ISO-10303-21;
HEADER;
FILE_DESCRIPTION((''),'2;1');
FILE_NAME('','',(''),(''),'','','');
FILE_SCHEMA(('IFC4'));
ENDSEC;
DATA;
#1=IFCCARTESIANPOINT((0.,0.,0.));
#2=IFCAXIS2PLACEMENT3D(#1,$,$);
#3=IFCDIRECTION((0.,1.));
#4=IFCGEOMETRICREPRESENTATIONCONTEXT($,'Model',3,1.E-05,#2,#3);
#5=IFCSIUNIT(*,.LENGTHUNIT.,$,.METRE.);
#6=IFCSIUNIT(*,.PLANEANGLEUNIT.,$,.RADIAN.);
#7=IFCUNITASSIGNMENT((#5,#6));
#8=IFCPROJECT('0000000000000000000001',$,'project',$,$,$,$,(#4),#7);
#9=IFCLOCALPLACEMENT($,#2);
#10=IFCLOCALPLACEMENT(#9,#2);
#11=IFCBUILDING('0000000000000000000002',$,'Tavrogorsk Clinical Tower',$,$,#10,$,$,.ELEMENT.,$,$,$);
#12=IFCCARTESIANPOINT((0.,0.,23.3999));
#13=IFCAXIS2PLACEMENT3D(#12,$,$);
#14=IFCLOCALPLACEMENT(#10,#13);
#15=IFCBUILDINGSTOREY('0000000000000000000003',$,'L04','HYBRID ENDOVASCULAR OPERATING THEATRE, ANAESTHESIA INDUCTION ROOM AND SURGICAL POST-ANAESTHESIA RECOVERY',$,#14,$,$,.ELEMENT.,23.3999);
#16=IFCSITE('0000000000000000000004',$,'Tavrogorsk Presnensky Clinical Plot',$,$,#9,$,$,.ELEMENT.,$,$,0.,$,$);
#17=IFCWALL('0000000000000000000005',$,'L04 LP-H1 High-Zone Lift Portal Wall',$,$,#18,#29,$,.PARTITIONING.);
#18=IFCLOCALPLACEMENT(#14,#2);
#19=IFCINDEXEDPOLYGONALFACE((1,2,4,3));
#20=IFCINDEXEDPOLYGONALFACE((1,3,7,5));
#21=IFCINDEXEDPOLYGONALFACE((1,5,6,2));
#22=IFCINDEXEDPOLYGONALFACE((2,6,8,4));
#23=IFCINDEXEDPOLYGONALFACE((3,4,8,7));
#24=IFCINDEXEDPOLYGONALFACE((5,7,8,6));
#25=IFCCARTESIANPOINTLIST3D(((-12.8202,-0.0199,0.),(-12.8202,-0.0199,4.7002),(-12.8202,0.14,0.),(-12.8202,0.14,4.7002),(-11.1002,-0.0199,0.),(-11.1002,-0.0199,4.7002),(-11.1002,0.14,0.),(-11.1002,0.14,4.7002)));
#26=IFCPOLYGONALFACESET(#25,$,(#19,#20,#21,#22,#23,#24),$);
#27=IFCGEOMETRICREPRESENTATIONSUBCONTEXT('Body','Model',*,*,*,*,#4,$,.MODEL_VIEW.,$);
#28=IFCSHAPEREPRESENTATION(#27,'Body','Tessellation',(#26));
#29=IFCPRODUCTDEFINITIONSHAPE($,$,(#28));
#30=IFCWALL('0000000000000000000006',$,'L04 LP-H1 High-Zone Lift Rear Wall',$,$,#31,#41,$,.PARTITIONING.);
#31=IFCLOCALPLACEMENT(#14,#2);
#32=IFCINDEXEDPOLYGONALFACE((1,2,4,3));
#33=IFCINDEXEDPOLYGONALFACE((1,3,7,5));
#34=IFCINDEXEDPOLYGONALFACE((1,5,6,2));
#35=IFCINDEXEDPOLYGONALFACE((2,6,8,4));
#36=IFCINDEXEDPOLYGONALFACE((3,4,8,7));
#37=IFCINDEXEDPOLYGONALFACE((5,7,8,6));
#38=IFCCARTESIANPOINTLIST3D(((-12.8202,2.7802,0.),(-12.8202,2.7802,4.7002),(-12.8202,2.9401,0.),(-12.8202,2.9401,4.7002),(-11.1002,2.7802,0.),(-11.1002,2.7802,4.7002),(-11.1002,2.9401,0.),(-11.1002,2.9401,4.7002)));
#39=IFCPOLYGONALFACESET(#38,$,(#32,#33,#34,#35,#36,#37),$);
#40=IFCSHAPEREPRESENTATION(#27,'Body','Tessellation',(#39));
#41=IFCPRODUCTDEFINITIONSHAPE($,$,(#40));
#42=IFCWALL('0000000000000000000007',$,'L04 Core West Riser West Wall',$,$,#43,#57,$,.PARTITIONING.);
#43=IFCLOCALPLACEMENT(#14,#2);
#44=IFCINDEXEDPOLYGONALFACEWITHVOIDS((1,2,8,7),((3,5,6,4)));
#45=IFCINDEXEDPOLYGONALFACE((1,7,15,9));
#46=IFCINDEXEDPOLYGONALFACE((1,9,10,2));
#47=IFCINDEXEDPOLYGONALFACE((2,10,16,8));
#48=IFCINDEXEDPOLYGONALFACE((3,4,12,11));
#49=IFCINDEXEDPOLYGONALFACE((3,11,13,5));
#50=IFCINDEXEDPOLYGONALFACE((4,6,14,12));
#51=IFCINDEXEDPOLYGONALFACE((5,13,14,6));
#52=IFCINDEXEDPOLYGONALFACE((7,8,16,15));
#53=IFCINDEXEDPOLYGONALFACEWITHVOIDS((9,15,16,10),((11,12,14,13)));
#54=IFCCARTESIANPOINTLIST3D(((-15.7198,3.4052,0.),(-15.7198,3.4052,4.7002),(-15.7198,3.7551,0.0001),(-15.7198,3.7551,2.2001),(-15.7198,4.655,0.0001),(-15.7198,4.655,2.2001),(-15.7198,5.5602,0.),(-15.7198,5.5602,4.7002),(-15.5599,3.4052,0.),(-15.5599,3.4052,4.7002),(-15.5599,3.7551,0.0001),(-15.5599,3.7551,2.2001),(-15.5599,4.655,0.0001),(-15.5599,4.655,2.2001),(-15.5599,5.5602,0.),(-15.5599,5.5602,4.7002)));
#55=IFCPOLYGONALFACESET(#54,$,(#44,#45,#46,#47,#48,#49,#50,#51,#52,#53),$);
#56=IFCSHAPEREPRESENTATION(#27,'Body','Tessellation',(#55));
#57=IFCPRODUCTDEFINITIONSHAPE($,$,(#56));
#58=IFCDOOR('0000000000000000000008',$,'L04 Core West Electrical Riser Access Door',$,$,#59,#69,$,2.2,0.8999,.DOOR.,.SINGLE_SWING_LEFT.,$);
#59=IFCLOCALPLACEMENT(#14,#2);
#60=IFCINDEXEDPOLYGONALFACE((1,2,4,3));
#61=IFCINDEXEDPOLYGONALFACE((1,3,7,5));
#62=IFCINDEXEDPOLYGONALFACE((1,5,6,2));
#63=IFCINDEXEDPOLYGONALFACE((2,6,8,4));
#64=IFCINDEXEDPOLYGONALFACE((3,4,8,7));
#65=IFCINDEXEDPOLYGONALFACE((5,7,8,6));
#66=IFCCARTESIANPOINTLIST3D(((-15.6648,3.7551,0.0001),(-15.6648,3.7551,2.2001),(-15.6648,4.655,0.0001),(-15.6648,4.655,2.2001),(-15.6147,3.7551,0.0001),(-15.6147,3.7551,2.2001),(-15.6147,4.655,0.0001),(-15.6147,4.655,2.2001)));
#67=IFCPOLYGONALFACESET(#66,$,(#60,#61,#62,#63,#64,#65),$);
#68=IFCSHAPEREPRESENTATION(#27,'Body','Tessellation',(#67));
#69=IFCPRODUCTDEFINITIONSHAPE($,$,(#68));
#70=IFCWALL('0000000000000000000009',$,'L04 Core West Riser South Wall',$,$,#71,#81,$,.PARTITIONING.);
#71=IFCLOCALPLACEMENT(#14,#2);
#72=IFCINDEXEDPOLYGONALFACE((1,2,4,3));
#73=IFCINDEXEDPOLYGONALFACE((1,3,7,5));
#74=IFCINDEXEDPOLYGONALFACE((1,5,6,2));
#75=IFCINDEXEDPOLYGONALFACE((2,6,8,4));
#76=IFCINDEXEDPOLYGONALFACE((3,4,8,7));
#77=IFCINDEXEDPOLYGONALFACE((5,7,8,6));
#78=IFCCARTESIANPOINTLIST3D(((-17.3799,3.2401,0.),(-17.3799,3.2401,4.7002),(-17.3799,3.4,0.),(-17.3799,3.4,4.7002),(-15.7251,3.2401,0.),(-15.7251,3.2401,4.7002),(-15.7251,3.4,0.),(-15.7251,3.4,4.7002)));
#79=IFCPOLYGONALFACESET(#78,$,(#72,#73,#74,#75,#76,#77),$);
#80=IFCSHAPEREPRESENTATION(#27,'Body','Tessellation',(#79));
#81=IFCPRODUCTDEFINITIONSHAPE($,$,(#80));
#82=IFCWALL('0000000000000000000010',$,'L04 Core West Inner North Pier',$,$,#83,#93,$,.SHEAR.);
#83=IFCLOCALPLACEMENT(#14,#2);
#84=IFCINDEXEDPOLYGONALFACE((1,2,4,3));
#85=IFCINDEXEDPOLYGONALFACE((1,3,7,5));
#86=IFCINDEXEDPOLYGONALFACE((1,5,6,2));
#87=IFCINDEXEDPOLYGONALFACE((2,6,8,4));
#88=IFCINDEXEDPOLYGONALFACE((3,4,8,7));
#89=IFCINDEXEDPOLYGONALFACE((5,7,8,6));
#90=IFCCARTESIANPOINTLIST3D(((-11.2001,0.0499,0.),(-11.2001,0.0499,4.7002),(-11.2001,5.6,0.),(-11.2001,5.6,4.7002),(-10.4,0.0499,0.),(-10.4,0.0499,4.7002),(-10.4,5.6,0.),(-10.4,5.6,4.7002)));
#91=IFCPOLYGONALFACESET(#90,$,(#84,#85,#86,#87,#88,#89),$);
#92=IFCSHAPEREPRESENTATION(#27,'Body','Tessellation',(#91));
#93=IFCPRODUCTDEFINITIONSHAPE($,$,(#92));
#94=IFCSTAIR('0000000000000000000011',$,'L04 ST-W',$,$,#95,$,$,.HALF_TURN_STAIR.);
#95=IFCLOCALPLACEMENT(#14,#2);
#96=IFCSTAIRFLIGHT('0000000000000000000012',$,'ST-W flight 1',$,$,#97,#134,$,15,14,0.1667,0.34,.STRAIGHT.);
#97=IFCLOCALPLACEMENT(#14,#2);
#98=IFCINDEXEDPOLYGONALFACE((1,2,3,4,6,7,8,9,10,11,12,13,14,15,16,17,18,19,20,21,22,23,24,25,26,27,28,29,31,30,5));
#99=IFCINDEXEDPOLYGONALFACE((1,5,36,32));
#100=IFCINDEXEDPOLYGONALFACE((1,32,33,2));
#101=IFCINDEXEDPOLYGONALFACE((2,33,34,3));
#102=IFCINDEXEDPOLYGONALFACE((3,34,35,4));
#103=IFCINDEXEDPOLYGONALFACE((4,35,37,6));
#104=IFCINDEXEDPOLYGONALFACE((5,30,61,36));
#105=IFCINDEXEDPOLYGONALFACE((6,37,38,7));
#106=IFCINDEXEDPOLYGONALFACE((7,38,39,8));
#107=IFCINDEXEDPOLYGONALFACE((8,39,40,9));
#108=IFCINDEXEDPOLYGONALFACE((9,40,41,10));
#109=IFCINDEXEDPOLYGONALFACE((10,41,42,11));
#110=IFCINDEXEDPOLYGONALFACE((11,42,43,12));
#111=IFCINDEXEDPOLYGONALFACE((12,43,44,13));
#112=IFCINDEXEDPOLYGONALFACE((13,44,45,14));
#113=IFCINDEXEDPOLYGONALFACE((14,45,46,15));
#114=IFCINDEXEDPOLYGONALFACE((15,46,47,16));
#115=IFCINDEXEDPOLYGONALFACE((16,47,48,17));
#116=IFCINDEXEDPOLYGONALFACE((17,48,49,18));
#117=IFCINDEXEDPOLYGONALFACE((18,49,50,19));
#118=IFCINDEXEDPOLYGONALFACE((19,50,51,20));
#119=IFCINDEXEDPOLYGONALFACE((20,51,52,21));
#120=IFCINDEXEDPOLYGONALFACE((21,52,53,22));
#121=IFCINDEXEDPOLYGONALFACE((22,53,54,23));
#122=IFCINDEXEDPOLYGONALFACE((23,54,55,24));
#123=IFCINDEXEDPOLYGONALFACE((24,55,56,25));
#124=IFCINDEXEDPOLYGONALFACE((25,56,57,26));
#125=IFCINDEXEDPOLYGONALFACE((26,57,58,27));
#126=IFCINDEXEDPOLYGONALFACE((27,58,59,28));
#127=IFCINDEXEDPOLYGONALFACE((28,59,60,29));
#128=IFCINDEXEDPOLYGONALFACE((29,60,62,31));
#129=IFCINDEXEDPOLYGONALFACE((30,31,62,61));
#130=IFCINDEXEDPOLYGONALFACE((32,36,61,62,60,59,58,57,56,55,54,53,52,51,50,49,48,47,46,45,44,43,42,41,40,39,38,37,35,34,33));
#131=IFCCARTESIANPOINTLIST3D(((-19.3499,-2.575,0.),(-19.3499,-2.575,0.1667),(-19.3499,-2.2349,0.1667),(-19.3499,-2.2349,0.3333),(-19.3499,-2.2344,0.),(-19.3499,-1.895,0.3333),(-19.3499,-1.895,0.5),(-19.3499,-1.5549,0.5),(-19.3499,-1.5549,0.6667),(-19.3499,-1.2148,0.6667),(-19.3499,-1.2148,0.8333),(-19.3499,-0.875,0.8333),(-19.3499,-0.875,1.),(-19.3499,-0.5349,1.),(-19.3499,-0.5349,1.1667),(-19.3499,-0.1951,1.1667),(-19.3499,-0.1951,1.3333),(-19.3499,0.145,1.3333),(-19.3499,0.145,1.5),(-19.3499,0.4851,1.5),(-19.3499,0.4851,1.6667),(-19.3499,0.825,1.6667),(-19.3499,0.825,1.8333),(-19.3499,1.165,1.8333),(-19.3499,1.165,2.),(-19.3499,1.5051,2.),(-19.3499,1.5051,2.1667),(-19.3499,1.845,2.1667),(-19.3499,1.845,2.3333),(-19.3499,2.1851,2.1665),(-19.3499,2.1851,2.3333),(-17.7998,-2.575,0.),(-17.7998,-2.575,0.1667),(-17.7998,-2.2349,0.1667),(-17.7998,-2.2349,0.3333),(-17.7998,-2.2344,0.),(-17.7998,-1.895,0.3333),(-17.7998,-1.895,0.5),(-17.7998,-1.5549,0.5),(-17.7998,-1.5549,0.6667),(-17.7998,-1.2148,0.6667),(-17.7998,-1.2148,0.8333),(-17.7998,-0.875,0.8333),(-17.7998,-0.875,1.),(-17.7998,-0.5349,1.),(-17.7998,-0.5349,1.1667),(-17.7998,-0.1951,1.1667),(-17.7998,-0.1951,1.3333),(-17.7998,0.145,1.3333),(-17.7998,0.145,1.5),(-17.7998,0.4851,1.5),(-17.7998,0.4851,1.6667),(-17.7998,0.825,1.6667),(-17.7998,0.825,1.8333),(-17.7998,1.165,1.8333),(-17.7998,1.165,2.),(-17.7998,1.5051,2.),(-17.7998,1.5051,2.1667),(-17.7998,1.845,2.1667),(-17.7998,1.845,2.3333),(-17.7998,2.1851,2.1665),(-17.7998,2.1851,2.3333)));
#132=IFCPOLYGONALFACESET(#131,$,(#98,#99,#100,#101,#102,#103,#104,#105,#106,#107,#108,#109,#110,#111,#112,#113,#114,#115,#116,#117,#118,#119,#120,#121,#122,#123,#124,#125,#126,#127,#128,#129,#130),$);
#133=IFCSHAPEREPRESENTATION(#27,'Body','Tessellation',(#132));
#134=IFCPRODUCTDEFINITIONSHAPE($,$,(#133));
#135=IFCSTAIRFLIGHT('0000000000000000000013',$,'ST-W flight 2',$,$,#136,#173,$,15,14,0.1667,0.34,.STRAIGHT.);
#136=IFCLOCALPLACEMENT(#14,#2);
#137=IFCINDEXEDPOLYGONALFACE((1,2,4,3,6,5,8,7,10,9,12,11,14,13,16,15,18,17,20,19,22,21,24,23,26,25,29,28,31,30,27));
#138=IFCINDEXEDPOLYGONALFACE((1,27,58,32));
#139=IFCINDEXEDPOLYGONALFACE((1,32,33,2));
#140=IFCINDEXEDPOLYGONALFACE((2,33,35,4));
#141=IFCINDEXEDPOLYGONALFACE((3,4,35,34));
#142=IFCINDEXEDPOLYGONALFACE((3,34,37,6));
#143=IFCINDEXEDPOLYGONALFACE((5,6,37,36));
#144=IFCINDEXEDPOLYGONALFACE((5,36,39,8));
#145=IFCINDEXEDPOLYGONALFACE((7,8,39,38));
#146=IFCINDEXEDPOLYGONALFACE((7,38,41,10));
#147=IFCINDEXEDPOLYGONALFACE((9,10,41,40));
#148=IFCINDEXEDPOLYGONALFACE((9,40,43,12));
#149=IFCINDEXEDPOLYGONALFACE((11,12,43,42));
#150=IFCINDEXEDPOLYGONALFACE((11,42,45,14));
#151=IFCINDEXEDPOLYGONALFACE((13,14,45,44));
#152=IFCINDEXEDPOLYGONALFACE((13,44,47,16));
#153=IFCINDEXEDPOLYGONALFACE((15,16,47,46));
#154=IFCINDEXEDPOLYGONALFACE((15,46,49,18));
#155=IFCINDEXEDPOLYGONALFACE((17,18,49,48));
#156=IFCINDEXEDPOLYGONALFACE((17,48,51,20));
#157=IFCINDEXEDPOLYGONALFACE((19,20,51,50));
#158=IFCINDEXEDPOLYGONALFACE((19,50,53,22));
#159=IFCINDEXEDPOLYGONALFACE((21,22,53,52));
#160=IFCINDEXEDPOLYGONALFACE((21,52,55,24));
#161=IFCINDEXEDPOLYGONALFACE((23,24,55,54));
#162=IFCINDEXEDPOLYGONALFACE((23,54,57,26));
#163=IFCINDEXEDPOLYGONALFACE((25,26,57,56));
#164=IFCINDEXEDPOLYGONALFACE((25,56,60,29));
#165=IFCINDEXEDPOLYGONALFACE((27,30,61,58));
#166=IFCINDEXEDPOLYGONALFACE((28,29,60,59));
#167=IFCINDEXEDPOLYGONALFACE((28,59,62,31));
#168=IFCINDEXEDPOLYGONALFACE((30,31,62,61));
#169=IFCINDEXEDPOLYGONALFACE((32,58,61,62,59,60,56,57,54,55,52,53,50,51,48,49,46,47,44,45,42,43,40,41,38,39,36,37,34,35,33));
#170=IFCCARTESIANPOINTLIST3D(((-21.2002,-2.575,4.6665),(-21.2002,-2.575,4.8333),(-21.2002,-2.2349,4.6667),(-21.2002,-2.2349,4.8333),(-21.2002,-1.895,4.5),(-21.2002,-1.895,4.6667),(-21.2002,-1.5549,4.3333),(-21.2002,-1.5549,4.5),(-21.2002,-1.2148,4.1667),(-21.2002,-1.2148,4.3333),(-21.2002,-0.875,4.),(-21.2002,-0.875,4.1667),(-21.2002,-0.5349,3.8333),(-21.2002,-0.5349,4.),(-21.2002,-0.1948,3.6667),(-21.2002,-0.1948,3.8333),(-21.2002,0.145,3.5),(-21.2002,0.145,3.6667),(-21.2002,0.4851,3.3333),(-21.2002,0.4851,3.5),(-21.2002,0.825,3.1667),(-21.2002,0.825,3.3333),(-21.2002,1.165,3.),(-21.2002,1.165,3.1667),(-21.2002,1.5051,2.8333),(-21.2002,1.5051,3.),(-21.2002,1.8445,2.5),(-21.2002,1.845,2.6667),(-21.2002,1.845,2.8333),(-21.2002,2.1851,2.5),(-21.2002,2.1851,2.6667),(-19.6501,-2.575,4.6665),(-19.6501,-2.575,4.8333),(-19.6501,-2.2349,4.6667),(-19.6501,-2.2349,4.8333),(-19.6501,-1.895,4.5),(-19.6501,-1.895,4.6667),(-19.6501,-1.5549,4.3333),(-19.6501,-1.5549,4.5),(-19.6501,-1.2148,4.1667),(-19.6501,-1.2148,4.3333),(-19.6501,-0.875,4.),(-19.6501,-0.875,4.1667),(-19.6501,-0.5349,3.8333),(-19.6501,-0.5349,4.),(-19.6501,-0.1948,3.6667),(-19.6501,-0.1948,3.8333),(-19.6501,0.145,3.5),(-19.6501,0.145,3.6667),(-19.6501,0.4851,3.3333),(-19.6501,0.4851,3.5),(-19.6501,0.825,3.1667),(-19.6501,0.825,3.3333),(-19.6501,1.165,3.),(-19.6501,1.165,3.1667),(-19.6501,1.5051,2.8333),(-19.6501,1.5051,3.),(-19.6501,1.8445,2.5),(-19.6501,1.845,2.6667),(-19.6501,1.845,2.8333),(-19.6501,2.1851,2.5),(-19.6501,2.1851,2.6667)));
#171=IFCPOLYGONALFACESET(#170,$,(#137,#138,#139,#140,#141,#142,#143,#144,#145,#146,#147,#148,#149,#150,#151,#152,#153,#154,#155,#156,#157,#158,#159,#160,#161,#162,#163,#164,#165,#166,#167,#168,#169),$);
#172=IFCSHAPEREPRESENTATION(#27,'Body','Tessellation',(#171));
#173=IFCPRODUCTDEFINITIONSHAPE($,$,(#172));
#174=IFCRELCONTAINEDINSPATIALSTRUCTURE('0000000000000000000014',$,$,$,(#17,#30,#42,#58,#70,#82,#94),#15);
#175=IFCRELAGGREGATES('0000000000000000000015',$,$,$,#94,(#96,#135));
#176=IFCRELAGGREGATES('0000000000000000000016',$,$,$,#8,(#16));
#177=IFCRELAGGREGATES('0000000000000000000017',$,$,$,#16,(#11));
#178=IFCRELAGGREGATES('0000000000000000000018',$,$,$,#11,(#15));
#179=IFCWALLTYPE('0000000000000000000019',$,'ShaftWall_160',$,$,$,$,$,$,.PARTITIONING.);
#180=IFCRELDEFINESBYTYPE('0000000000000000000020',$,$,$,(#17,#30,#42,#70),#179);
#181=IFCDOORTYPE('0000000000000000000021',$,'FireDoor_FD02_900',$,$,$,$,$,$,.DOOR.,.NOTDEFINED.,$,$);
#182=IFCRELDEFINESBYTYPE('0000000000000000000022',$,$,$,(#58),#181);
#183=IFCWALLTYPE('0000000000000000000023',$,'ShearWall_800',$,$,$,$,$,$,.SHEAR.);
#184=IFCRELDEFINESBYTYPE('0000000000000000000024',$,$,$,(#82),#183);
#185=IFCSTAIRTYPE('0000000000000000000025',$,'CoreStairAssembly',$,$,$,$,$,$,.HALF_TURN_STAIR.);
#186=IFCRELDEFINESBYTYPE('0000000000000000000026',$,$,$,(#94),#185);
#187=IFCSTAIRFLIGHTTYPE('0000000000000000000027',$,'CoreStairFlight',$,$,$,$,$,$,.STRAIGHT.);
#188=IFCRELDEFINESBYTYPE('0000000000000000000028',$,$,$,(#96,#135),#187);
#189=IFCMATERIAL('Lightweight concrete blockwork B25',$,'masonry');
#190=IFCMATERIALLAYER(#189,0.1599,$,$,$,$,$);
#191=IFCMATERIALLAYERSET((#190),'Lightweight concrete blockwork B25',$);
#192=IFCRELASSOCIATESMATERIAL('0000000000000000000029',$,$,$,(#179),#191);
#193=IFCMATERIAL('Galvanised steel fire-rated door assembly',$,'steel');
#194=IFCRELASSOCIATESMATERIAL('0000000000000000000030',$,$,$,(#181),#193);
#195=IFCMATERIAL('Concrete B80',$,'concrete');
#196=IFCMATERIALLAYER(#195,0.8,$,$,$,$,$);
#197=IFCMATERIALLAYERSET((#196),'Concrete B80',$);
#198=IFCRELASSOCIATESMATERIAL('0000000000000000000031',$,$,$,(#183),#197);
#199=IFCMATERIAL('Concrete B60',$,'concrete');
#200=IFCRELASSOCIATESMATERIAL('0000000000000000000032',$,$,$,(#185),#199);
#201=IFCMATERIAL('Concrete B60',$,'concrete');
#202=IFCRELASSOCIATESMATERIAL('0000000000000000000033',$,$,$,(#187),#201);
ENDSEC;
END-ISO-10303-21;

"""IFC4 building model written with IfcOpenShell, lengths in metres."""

from ifc_helpers import new_model, si_unit, direction, frame, frame_2d, origin, place, context, subcontext, project, spatial, polyline, rectangle, outline, extrude, material, layer, layer_set, type_object, element, fill, aggregate, save


model = new_model("IFC4")

# Units and contexts
model_context = context("Model", 3, precision=1e-05, world=origin(), true_north=direction((0.0, 1.0)))
body_context = subcontext(model_context, "Body", "Model", "MODEL_VIEW")
ifc_project = project(units=[si_unit("LENGTHUNIT", "METRE"), si_unit("PLANEANGLEUNIT", "RADIAN")], contexts=[model_context])

# Site, building, storey
site_placement = place(None, origin())
site = spatial("IfcSite", under=ifc_project, at=site_placement, Name="Tavrogorsk Presnensky Clinical Plot", CompositionType="ELEMENT", RefElevation=0.0)
building_placement = place(site_placement, origin())
building = spatial("IfcBuilding", under=site, at=building_placement, Name="Tavrogorsk Clinical Tower", CompositionType="ELEMENT")
storey_placement = place(building_placement, frame((0.0, 0.0, 23.3999)))
storey = spatial("IfcBuildingStorey", under=building, at=storey_placement, Name="L04", Description="HYBRID ENDOVASCULAR OPERATING THEATRE, ANAESTHESIA INDUCTION ROOM AND SURGICAL POST-ANAESTHESIA RECOVERY", CompositionType="ELEMENT", Elevation=23.3999)

# Shared definitions
ifc_material_1 = material(Name="Lightweight concrete blockwork B25", Category="masonry")
ifc_layer_1 = layer(ifc_material_1, 0.1599)
ifc_layer_set_1 = layer_set([ifc_layer_1], Name="Lightweight concrete blockwork B25")
wall_type_1 = type_object("IfcWallType", Name="ShaftWall_160", PredefinedType="PARTITIONING", material=ifc_layer_set_1)

# Walls
for number, where, z_axis, x_axis, name in (
    (1, (-12.8201, 0.0601, 0.0), (0.0, 0.0, 1.0), (1.0, 0.0, 0.0), "L04 LP-H1 High-Zone Lift Portal Wall"),
    (2, (-12.8201, 2.8601, 0.0), (0.0, 0.0, 1.0), (1.0, 0.0, 0.0), "L04 LP-H1 High-Zone Lift Rear Wall"),
):
    element("IfcWall", number, at=place(storey_placement, frame(where, z_axis=z_axis, x_axis=x_axis)), inside=storey, type_object=wall_type_1, Name=name, PredefinedType="PARTITIONING", context=body_context, shape_type="SweptSolid", body=[
        extrude(rectangle(XDim=1.72, YDim=0.1599, at=frame_2d((0.8599, 0.0))), origin(), (0.0, 0.0, 1.0), 4.7002),
    ])

# Wall, opening, door
wall_1_placement = place(storey_placement, frame((-15.6399, 3.405, 0.0), z_axis=(0.0, 0.0, 1.0), x_axis=(0.0, 1.0, 0.0)))
wall_1 = element("IfcWall", 3, at=wall_1_placement, inside=storey, type_object=wall_type_1, Name="L04 Core West Riser West Wall", PredefinedType="PARTITIONING", context=body_context, shape_type="SweptSolid", body=[
    extrude(rectangle(XDim=2.155, YDim=0.1599, at=frame_2d((1.0776, 0.0))), origin(), (0.0, 0.0, 1.0), 4.7002),
])
opening_1_placement = place(wall_1_placement, frame((0.3501, 0.0, 0.0)))
opening_1 = element("IfcOpeningElement", 4, at=opening_1_placement, cuts=wall_1, PredefinedType="OPENING", context=body_context, shape_type="SweptSolid", body=[
    extrude(rectangle(XDim=0.8999, YDim=2.2, at=frame_2d((0.45, 1.1001))), frame((0.0, 0.0898, 0.0), z_axis=(0.0, -1.0, 0.0), x_axis=(1.0, 0.0, 0.0)), (0.0, 0.0, 1.0), 0.1799),
])
ifc_material_2 = material(Name="Galvanised steel fire-rated door assembly", Category="steel")
door_type_1 = type_object("IfcDoorType", Name="FireDoor_FD02_900", OperationType="NOTDEFINED", PredefinedType="DOOR", material=ifc_material_2)
door_1_placement = place(opening_1_placement, origin())
door_1 = element("IfcDoor", 5, at=door_1_placement, inside=storey, type_object=door_type_1, Name="L04 Core West Electrical Riser Access Door", OperationType="SINGLE_SWING_LEFT", OverallHeight=2.2, OverallWidth=0.8999, PredefinedType="DOOR", context=body_context, shape_type="SweptSolid", body=[
    extrude(rectangle(XDim=0.8999, YDim=2.2, at=frame_2d((0.45, 1.1001))), frame((0.0, 0.0249, 0.0), z_axis=(0.0, -1.0, 0.0), x_axis=(1.0, 0.0, 0.0)), (0.0, 0.0, 1.0), 0.05),
])
fill(opening_1, door_1)

# Walls
wall_2_placement = place(storey_placement, frame((-17.3799, 3.3201, 0.0), z_axis=(0.0, 0.0, 1.0), x_axis=(1.0, 0.0, 0.0)))
element("IfcWall", 6, at=wall_2_placement, inside=storey, type_object=wall_type_1, Name="L04 Core West Riser South Wall", PredefinedType="PARTITIONING", context=body_context, shape_type="SweptSolid", body=[
    extrude(rectangle(XDim=1.6548, YDim=0.1599, at=frame_2d((0.8274, 0.0))), origin(), (0.0, 0.0, 1.0), 4.7002),
])
ifc_material_3 = material(Name="Concrete B80", Category="concrete")
ifc_layer_2 = layer(ifc_material_3, 0.8)
ifc_layer_set_2 = layer_set([ifc_layer_2], Name="Concrete B80")
wall_type_2 = type_object("IfcWallType", Name="ShearWall_800", PredefinedType="SHEAR", material=ifc_layer_set_2)
wall_3_placement = place(storey_placement, frame((-10.8, 0.05, 0.0), z_axis=(0.0, 0.0, 1.0), x_axis=(0.0, 1.0, 0.0)))
element("IfcWall", 7, at=wall_3_placement, inside=storey, type_object=wall_type_2, Name="L04 Core West Inner North Pier", PredefinedType="SHEAR", context=body_context, shape_type="SweptSolid", body=[
    extrude(rectangle(XDim=5.55, YDim=0.8, at=frame_2d((2.7749, 0.0))), origin(), (0.0, 0.0, 1.0), 4.7002),
])

# Stair, stair flights
ifc_material_4 = material(Name="Concrete B60", Category="concrete")
stair_type = type_object("IfcStairType", Name="CoreStairAssembly", PredefinedType="HALF_TURN_STAIR", material=ifc_material_4)
stair_placement = place(storey_placement, origin())
stair = element("IfcStair", 8, at=stair_placement, inside=storey, type_object=stair_type, Name="L04 ST-W", PredefinedType="HALF_TURN_STAIR")
ifc_material_5 = material(Name="Concrete B60", Category="concrete")
stair_flight_type = type_object("IfcStairFlightType", Name="CoreStairFlight", PredefinedType="STRAIGHT", material=ifc_material_5)
stair_flight_1_placement = place(storey_placement, frame((-18.575, -2.575, 0.0), z_axis=(0.0, 0.0, 1.0), x_axis=(0.0, 1.0, 0.0)))
stair_flight_1 = element("IfcStairFlight", 9, at=stair_flight_1_placement, type_object=stair_flight_type, Name="ST-W flight 1", NumberOfRisers=15, NumberOfTreads=14, PredefinedType="STRAIGHT", RiserHeight=0.1667, TreadLength=0.34, context=body_context, shape_type="SweptSolid", body=[
    extrude(outline(polyline([(0.0, 0.0), (0.0, 0.1667), (0.3401, 0.1667), (0.3401, 0.3333), (0.6799, 0.3333), (0.6799, 0.5), (1.02, 0.5), (1.02, 0.6667), (1.3601, 0.6667), (1.3601, 0.8333), (1.7, 0.8333), (1.7, 1.0), (2.04, 1.0), (2.04, 1.1667), (2.3799, 1.1667), (2.3799, 1.3333), (2.72, 1.3333), (2.72, 1.5), (3.0601, 1.5), (3.0601, 1.6667), (3.3999, 1.6667), (3.3999, 1.8333), (3.74, 1.8333), (3.74, 2.0), (4.0801, 2.0), (4.0801, 2.1667), (4.4199, 2.1667), (4.4199, 2.3333), (4.76, 2.3333), (4.76, 2.5), (4.76, 2.1665), (0.3406, 0.0), (0.0, 0.0)])), frame((0.0, 0.7749, 0.0), z_axis=(0.0, -1.0, 0.0), x_axis=(1.0, 0.0, 0.0)), (0.0, 0.0, 1.0), 1.55),
])
stair_flight_2_placement = place(storey_placement, frame((-20.425, 2.1851, 2.5), z_axis=(0.0, 0.0, 1.0), x_axis=(0.0, -1.0, 0.0)))
stair_flight_2 = element("IfcStairFlight", 10, at=stair_flight_2_placement, type_object=stair_flight_type, Name="ST-W flight 2", NumberOfRisers=15, NumberOfTreads=14, PredefinedType="STRAIGHT", RiserHeight=0.1667, TreadLength=0.34, context=body_context, shape_type="SweptSolid", body=[
    extrude(outline(polyline([(0.0, 0.0), (0.0, 0.1667), (0.3401, 0.1667), (0.3401, 0.3333), (0.6799, 0.3333), (0.6799, 0.5), (1.02, 0.5), (1.02, 0.6667), (1.3601, 0.6667), (1.3601, 0.8333), (1.7, 0.8333), (1.7, 1.0), (2.04, 1.0), (2.04, 1.1667), (2.3799, 1.1667), (2.3799, 1.3333), (2.72, 1.3333), (2.72, 1.5), (3.0601, 1.5), (3.0601, 1.6667), (3.3999, 1.6667), (3.3999, 1.8333), (3.74, 1.8333), (3.74, 2.0), (4.0801, 2.0), (4.0801, 2.1667), (4.4199, 2.1667), (4.4199, 2.3333), (4.76, 2.3333), (4.76, 2.5), (4.76, 2.1665), (0.3406, 0.0), (0.0, 0.0)])), frame((0.0, 0.7749, 0.0), z_axis=(0.0, -1.0, 0.0), x_axis=(1.0, 0.0, 0.0)), (0.0, 0.0, 1.0), 1.55),
])
aggregate(stair, [stair_flight_1, stair_flight_2])

save(model, "model.ifc")
